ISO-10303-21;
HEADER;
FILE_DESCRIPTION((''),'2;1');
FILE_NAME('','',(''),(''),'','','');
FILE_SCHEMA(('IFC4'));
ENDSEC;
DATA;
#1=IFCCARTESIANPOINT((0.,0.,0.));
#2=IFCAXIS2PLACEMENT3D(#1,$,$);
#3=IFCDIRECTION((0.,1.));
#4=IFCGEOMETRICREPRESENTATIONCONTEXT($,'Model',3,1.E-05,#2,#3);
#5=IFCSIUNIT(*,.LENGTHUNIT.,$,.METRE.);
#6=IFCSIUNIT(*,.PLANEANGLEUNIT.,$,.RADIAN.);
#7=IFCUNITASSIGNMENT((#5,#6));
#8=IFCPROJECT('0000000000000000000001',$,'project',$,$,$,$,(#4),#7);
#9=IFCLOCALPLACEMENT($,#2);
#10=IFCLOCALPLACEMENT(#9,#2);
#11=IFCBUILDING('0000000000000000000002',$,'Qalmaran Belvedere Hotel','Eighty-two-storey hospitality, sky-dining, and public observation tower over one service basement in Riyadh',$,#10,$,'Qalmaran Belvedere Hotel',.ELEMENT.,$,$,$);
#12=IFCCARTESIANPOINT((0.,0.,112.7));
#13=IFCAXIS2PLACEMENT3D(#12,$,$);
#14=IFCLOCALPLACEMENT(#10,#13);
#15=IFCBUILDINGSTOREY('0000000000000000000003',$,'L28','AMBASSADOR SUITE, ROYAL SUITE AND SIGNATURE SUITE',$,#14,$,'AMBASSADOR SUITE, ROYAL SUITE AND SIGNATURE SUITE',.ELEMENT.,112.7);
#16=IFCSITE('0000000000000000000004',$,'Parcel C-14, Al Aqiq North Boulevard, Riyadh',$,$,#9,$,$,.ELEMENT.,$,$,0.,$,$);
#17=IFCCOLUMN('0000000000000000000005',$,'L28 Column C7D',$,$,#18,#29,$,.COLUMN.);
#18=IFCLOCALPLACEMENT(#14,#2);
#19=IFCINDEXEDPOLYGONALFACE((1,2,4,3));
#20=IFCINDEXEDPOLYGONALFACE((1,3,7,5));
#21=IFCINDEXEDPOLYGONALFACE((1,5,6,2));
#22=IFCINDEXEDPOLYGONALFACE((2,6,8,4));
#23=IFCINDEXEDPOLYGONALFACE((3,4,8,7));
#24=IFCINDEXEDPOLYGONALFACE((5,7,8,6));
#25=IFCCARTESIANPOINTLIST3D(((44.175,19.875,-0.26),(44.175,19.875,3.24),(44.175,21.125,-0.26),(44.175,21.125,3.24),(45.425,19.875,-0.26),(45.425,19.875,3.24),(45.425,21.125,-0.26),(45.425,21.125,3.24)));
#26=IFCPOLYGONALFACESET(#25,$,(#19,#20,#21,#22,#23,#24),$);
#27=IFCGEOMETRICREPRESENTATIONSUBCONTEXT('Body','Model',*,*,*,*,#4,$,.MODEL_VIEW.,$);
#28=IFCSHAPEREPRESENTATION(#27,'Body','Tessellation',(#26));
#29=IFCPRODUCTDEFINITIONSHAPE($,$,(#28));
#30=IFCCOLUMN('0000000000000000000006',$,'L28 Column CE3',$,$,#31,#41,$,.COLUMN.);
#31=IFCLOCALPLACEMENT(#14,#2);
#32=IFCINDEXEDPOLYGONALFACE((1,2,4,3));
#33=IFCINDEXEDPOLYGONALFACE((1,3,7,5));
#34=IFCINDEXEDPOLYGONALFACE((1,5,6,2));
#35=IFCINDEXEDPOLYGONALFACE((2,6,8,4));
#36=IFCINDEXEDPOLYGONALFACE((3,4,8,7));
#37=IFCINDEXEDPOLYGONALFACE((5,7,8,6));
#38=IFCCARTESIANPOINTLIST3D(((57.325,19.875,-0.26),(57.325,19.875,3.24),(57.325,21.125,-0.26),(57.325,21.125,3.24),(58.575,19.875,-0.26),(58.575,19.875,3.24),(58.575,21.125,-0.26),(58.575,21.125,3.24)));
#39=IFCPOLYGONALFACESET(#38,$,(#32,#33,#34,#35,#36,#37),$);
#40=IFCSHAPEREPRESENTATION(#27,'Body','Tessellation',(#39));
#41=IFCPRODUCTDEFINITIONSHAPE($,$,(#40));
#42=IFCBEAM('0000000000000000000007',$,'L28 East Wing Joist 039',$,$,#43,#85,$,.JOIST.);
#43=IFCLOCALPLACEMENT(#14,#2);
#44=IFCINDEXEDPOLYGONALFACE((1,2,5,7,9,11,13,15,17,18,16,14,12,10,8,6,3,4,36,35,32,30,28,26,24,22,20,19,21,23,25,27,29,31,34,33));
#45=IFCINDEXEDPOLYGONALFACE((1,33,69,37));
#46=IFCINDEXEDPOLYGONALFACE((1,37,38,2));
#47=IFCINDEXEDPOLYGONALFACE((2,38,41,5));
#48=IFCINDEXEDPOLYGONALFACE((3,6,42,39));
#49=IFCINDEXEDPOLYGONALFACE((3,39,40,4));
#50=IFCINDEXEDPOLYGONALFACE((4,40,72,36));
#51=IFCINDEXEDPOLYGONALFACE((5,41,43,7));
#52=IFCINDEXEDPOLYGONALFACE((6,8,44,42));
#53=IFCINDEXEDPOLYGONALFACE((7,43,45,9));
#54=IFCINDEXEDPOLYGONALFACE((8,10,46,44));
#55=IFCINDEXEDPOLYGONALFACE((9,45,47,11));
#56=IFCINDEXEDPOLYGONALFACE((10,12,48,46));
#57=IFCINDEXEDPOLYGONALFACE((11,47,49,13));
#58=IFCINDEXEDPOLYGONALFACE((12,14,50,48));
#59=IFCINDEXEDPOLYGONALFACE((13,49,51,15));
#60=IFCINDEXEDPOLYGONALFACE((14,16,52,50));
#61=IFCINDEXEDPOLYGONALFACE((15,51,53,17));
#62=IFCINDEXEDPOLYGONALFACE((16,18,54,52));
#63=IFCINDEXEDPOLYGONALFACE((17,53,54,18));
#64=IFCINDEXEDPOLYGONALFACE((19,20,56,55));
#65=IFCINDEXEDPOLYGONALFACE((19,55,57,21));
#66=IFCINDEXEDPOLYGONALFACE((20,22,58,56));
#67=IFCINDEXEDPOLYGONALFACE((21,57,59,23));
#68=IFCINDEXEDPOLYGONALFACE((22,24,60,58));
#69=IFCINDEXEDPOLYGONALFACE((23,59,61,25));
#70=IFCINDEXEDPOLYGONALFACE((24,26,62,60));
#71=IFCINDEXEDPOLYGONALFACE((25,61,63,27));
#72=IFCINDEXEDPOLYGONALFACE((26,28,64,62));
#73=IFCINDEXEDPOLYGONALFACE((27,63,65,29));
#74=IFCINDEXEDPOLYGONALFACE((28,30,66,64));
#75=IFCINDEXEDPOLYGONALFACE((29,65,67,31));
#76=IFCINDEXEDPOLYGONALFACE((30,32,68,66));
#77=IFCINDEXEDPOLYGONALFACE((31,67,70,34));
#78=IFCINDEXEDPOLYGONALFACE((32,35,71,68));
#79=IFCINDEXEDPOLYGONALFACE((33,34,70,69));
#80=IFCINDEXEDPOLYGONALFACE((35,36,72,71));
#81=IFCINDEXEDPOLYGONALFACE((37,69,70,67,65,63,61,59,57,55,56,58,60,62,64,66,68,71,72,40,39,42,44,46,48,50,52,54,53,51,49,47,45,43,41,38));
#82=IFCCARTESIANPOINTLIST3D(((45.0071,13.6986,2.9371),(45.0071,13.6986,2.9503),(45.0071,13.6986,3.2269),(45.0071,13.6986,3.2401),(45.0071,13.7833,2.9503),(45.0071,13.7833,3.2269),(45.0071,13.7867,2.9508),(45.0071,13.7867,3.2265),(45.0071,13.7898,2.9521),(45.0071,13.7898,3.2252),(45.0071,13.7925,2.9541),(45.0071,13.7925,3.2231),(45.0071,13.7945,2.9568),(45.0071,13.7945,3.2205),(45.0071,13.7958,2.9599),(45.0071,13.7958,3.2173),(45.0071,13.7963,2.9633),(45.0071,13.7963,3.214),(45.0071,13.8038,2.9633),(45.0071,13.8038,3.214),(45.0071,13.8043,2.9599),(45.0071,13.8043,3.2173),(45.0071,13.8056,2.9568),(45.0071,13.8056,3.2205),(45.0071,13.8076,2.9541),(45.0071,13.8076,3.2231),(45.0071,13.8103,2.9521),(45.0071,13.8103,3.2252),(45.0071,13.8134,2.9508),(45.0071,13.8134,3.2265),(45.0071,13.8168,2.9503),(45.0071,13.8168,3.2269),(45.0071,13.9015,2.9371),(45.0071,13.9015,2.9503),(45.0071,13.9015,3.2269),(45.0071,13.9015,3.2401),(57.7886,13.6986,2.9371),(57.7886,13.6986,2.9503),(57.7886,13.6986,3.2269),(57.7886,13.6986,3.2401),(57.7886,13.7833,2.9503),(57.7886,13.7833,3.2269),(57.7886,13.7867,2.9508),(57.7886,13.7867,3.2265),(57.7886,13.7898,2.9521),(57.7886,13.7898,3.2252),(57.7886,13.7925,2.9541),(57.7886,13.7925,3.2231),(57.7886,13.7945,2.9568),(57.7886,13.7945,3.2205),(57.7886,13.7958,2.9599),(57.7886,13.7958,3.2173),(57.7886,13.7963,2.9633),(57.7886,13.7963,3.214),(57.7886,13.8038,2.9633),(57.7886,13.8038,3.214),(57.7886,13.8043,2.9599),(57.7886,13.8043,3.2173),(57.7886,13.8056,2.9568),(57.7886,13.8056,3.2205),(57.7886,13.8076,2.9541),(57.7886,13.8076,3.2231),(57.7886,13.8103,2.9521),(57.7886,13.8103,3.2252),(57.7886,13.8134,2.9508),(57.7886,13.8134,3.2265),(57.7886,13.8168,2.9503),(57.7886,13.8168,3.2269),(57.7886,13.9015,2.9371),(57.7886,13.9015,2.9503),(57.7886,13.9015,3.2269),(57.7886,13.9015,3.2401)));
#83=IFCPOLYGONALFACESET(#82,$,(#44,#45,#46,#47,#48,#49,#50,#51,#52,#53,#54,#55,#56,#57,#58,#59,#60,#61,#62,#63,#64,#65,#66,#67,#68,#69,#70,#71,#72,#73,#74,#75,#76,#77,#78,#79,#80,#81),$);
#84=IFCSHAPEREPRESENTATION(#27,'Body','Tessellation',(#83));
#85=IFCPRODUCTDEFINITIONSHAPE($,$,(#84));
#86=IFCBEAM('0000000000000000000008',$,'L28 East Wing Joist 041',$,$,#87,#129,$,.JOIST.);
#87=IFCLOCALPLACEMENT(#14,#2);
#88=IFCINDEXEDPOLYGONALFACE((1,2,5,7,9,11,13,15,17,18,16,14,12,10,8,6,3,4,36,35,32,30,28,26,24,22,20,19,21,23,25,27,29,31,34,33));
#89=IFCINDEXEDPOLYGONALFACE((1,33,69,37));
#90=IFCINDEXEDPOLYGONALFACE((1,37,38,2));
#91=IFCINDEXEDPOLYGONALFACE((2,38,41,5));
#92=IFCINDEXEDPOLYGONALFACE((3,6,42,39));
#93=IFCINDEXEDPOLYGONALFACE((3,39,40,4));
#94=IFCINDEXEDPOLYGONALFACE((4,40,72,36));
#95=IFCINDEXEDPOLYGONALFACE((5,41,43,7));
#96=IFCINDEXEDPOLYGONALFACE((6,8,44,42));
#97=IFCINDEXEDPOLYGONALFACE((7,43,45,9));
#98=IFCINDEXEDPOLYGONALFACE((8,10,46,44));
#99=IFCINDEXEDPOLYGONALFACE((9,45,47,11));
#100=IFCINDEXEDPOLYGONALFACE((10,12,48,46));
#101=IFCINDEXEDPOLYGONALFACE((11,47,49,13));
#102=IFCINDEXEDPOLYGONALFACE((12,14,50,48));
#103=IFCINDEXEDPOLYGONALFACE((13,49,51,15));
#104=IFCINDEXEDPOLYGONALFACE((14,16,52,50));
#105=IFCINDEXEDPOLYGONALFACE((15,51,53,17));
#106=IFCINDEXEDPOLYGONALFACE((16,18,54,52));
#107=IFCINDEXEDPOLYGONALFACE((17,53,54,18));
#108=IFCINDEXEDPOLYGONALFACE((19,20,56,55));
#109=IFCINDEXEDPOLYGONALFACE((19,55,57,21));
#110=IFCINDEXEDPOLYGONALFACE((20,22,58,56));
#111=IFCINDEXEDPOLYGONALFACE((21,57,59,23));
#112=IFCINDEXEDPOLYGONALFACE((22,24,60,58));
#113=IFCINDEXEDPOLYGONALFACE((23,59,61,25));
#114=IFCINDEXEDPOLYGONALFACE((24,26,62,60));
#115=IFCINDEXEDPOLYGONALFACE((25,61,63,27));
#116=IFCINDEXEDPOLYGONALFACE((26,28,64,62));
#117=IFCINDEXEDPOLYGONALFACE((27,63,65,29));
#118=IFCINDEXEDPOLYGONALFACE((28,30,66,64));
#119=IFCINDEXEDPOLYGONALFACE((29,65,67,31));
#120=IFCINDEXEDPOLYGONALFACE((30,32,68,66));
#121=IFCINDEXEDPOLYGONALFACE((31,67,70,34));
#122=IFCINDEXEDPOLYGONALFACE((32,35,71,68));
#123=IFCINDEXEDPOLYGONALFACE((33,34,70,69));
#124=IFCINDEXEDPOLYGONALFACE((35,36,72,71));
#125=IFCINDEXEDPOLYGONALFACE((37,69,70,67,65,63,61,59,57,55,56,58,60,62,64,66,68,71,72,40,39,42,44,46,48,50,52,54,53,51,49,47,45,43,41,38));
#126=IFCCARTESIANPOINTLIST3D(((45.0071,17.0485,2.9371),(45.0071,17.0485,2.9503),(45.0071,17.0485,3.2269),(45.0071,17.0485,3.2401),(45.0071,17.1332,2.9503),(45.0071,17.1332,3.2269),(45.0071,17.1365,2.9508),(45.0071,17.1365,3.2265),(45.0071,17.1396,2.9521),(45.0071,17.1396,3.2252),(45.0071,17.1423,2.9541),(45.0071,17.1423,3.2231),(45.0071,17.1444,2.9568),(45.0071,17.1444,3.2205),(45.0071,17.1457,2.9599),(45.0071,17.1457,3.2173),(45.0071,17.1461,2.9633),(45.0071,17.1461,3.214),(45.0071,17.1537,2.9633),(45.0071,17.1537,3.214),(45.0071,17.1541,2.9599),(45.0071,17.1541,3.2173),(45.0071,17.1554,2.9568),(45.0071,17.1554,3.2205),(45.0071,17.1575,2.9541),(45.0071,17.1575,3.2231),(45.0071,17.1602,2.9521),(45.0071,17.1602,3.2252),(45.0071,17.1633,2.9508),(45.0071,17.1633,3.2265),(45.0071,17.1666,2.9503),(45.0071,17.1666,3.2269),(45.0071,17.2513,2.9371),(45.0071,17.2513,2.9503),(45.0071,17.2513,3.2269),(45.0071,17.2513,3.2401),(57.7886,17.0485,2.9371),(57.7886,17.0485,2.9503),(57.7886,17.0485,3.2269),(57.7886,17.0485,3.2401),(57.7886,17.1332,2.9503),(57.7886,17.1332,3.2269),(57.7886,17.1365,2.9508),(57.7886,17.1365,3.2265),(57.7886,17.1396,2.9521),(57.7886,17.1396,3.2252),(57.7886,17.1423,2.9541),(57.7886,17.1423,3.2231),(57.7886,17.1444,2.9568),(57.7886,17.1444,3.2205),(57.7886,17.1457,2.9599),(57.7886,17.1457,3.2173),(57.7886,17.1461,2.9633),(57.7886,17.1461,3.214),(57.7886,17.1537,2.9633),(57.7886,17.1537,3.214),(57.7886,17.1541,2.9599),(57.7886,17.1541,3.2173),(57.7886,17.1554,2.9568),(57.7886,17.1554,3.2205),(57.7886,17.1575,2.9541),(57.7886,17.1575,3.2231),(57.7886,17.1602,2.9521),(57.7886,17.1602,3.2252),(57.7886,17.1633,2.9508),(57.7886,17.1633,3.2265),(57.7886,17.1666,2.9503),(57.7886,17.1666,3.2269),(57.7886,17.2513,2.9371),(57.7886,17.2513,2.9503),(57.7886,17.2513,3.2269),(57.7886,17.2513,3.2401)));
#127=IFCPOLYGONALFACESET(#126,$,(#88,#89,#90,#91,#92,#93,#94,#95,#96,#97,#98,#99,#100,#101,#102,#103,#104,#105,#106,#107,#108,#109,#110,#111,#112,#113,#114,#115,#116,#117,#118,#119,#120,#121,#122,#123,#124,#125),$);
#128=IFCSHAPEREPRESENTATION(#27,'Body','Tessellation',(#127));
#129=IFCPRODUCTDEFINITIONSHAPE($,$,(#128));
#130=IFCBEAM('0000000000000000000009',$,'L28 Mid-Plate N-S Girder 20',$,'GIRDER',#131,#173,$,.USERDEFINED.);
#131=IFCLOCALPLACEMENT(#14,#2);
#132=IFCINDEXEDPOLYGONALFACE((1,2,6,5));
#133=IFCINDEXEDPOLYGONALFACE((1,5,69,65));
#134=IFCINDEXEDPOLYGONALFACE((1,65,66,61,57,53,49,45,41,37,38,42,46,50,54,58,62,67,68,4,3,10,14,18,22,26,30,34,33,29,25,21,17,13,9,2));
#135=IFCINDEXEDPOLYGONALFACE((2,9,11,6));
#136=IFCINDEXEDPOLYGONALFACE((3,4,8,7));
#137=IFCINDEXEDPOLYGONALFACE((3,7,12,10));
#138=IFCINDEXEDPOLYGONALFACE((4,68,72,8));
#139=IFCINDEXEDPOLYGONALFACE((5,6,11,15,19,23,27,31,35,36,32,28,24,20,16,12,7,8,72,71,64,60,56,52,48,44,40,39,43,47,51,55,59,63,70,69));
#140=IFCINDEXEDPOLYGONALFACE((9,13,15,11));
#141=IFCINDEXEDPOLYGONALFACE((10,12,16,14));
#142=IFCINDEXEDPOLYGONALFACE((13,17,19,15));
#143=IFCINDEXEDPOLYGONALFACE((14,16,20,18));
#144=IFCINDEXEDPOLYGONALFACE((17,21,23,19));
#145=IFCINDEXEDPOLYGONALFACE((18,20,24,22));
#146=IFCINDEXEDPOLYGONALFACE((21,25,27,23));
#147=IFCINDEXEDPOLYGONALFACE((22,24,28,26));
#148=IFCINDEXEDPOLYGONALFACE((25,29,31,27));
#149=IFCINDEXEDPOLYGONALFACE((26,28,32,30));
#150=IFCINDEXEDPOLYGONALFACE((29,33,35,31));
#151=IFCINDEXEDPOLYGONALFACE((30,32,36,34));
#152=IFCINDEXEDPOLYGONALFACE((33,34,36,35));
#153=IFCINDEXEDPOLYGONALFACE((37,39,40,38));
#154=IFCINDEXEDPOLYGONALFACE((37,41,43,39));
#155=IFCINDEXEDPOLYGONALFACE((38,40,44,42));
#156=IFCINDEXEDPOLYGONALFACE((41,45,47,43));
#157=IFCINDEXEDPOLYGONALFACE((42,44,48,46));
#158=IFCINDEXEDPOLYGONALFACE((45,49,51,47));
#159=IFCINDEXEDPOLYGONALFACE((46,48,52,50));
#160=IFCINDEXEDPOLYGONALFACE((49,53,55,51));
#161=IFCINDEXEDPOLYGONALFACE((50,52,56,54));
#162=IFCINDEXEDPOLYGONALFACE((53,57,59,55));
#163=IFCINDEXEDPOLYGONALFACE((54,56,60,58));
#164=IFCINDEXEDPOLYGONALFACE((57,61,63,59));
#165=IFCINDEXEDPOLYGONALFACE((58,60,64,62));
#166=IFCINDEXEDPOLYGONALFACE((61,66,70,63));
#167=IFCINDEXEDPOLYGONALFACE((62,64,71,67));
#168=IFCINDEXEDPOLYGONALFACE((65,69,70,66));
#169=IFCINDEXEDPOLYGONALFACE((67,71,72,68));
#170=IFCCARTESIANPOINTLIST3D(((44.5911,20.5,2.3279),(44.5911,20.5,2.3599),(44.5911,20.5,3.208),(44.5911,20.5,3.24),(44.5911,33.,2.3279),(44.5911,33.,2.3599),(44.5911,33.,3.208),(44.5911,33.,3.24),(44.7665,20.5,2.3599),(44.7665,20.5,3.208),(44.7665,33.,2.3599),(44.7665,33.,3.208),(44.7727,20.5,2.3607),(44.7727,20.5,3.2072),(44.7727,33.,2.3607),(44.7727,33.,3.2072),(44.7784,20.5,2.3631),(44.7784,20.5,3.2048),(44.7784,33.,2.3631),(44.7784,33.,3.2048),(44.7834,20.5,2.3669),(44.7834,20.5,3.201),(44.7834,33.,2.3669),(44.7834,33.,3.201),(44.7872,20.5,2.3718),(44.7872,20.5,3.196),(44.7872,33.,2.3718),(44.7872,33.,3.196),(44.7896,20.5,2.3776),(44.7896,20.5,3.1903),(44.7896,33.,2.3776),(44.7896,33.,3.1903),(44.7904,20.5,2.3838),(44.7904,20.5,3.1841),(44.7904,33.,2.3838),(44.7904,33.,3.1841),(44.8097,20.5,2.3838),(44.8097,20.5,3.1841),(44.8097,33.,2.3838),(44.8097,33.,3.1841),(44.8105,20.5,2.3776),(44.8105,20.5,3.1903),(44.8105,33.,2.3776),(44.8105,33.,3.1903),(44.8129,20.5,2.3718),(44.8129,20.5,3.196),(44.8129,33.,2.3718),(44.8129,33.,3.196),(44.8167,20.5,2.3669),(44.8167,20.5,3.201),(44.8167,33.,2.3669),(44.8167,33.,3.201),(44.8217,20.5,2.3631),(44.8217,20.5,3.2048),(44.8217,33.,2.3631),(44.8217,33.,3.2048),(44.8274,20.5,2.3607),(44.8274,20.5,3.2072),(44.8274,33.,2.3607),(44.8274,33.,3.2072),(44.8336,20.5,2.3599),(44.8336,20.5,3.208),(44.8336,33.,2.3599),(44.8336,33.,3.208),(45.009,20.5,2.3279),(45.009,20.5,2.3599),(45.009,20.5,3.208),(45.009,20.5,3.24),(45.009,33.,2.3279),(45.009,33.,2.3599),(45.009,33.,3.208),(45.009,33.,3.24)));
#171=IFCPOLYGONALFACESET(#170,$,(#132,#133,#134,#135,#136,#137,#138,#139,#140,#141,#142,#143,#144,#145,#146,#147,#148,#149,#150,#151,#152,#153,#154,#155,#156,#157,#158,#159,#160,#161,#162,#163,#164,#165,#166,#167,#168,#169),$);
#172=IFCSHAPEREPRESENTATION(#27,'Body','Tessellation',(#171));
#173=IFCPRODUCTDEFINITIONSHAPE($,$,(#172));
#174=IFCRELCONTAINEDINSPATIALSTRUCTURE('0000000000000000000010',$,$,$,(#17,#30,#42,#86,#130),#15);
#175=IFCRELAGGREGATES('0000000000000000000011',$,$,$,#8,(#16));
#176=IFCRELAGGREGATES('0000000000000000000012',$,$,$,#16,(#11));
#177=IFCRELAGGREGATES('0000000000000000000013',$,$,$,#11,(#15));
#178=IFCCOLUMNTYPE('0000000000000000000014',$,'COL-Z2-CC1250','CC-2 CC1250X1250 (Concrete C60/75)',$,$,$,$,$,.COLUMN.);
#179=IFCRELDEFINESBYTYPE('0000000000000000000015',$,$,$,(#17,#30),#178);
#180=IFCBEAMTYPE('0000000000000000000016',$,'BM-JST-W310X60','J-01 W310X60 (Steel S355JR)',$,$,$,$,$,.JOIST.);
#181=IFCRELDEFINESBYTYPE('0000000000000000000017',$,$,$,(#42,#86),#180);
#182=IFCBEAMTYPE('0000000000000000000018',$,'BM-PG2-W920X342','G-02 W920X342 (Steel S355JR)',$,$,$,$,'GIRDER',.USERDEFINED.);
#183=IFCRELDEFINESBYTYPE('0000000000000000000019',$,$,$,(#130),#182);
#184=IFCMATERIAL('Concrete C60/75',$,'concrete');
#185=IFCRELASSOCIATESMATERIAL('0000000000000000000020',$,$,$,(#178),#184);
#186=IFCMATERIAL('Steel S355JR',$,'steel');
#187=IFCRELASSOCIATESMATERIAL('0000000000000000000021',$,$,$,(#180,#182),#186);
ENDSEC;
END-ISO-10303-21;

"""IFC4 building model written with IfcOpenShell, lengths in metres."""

from ifc_helpers import new_model, si_unit, direction, frame, origin, origin_2d, place, context, subcontext, project, spatial, rectangle, i_section, extrude, material, material_profile, profile_set, type_object, element, save


model = new_model("IFC4")

# Units and contexts
model_context = context("Model", 3, precision=1e-05, world=origin(), true_north=direction((0.0, 1.0)))
body_context = subcontext(model_context, "Body", "Model", "MODEL_VIEW")
ifc_project = project(units=[si_unit("LENGTHUNIT", "METRE"), si_unit("PLANEANGLEUNIT", "RADIAN")], contexts=[model_context])

# Site, building, storey
site_placement = place(None, origin())
site = spatial("IfcSite", under=ifc_project, at=site_placement, Name="Parcel C-14, Al Aqiq North Boulevard, Riyadh", CompositionType="ELEMENT", RefElevation=0.0)
building_placement = place(site_placement, origin())
building = spatial("IfcBuilding", under=site, at=building_placement, Name="Qalmaran Belvedere Hotel", Description="Eighty-two-storey hospitality, sky-dining, and public observation tower over one service basement in Riyadh", LongName="Qalmaran Belvedere Hotel", CompositionType="ELEMENT")
storey_placement = place(building_placement, frame((0.0, 0.0, 112.7)))
storey = spatial("IfcBuildingStorey", under=building, at=storey_placement, Name="L28", Description="AMBASSADOR SUITE, ROYAL SUITE AND SIGNATURE SUITE", LongName="AMBASSADOR SUITE, ROYAL SUITE AND SIGNATURE SUITE", CompositionType="ELEMENT", Elevation=112.7)

# Columns
ifc_material_1 = material(Name="Concrete C60/75", Category="concrete")
ifc_material_profile_1 = material_profile(ifc_material_1, rectangle(XDim=1.25, YDim=1.25, at=origin_2d()), Name="CC1250X1250")
ifc_profile_set_1 = profile_set([ifc_material_profile_1], Name="Concrete C60/75")
column_type = type_object("IfcColumnType", Name="COL-Z2-CC1250", Description="CC-2 CC1250X1250 (Concrete C60/75)", PredefinedType="COLUMN", material=ifc_profile_set_1)
for number, where, z_axis, x_axis, name in (
    (1, (44.8, 20.5, -0.26), (0.0, 0.0, 1.0), (1.0, 0.0, 0.0), "L28 Column C7D"),
    (2, (57.95, 20.5, -0.26), (0.0, 0.0, 1.0), (1.0, 0.0, 0.0), "L28 Column CE3"),
):
    element("IfcColumn", number, at=place(storey_placement, frame(where, z_axis=z_axis, x_axis=x_axis)), inside=storey, type_object=column_type, Name=name, PredefinedType="COLUMN", context=body_context, shape_type="SweptSolid", body=[
        extrude(rectangle(XDim=1.25, YDim=1.25, at=origin_2d()), origin(), (0.0, 0.0, 1.0), 3.5),
    ])

# Beams
ifc_material_2 = material(Name="Steel S355JR", Category="steel")
ifc_material_profile_2 = material_profile(ifc_material_2, i_section(OverallWidth=0.2029, OverallDepth=0.303, WebThickness=0.0076, FlangeThickness=0.0132, FilletRadius=0.0129, at=origin_2d()), Name="W310X60")
ifc_profile_set_2 = profile_set([ifc_material_profile_2], Name="Steel S355JR")
beam_type_1 = type_object("IfcBeamType", Name="BM-JST-W310X60", Description="J-01 W310X60 (Steel S355JR)", PredefinedType="JOIST", material=ifc_profile_set_2)
for number, where, z_axis, x_axis, name in (
    (3, (45.0071, 13.8, 3.0886), (1.0, 0.0, 0.0), (0.0, 1.0, 0.0), "L28 East Wing Joist 039"),
    (4, (45.0071, 17.1499, 3.0886), (1.0, 0.0, 0.0), (0.0, 1.0, 0.0), "L28 East Wing Joist 041"),
):
    element("IfcBeam", number, at=place(storey_placement, frame(where, z_axis=z_axis, x_axis=x_axis)), inside=storey, type_object=beam_type_1, Name=name, PredefinedType="JOIST", context=body_context, shape_type="SweptSolid", body=[
        extrude(i_section(OverallWidth=0.2029, OverallDepth=0.303, WebThickness=0.0076, FlangeThickness=0.0132, FilletRadius=0.0129, at=origin_2d()), origin(), (0.0, 0.0, 1.0), 12.7815),
    ])
ifc_material_profile_3 = material_profile(ifc_material_2, i_section(OverallWidth=0.418, OverallDepth=0.9121, WebThickness=0.0193, FlangeThickness=0.032, FilletRadius=0.0239, at=origin_2d()), Name="W920X342")
ifc_profile_set_3 = profile_set([ifc_material_profile_3], Name="Steel S355JR")
beam_type_2 = type_object("IfcBeamType", Name="BM-PG2-W920X342", Description="G-02 W920X342 (Steel S355JR)", ElementType="GIRDER", PredefinedType="USERDEFINED", material=ifc_profile_set_3)
beam_1_placement = place(storey_placement, frame((44.8, 20.5, 2.7839), z_axis=(0.0, 1.0, 0.0), x_axis=(-1.0, 0.0, 0.0)))
element("IfcBeam", 5, at=beam_1_placement, inside=storey, type_object=beam_type_2, Name="L28 Mid-Plate N-S Girder 20", ObjectType="GIRDER", PredefinedType="USERDEFINED", context=body_context, shape_type="SweptSolid", body=[
    extrude(i_section(OverallWidth=0.418, OverallDepth=0.9121, WebThickness=0.0193, FlangeThickness=0.032, FilletRadius=0.0239, at=origin_2d()), origin(), (0.0, 0.0, 1.0), 12.5),
])

save(model, "model.ifc")
